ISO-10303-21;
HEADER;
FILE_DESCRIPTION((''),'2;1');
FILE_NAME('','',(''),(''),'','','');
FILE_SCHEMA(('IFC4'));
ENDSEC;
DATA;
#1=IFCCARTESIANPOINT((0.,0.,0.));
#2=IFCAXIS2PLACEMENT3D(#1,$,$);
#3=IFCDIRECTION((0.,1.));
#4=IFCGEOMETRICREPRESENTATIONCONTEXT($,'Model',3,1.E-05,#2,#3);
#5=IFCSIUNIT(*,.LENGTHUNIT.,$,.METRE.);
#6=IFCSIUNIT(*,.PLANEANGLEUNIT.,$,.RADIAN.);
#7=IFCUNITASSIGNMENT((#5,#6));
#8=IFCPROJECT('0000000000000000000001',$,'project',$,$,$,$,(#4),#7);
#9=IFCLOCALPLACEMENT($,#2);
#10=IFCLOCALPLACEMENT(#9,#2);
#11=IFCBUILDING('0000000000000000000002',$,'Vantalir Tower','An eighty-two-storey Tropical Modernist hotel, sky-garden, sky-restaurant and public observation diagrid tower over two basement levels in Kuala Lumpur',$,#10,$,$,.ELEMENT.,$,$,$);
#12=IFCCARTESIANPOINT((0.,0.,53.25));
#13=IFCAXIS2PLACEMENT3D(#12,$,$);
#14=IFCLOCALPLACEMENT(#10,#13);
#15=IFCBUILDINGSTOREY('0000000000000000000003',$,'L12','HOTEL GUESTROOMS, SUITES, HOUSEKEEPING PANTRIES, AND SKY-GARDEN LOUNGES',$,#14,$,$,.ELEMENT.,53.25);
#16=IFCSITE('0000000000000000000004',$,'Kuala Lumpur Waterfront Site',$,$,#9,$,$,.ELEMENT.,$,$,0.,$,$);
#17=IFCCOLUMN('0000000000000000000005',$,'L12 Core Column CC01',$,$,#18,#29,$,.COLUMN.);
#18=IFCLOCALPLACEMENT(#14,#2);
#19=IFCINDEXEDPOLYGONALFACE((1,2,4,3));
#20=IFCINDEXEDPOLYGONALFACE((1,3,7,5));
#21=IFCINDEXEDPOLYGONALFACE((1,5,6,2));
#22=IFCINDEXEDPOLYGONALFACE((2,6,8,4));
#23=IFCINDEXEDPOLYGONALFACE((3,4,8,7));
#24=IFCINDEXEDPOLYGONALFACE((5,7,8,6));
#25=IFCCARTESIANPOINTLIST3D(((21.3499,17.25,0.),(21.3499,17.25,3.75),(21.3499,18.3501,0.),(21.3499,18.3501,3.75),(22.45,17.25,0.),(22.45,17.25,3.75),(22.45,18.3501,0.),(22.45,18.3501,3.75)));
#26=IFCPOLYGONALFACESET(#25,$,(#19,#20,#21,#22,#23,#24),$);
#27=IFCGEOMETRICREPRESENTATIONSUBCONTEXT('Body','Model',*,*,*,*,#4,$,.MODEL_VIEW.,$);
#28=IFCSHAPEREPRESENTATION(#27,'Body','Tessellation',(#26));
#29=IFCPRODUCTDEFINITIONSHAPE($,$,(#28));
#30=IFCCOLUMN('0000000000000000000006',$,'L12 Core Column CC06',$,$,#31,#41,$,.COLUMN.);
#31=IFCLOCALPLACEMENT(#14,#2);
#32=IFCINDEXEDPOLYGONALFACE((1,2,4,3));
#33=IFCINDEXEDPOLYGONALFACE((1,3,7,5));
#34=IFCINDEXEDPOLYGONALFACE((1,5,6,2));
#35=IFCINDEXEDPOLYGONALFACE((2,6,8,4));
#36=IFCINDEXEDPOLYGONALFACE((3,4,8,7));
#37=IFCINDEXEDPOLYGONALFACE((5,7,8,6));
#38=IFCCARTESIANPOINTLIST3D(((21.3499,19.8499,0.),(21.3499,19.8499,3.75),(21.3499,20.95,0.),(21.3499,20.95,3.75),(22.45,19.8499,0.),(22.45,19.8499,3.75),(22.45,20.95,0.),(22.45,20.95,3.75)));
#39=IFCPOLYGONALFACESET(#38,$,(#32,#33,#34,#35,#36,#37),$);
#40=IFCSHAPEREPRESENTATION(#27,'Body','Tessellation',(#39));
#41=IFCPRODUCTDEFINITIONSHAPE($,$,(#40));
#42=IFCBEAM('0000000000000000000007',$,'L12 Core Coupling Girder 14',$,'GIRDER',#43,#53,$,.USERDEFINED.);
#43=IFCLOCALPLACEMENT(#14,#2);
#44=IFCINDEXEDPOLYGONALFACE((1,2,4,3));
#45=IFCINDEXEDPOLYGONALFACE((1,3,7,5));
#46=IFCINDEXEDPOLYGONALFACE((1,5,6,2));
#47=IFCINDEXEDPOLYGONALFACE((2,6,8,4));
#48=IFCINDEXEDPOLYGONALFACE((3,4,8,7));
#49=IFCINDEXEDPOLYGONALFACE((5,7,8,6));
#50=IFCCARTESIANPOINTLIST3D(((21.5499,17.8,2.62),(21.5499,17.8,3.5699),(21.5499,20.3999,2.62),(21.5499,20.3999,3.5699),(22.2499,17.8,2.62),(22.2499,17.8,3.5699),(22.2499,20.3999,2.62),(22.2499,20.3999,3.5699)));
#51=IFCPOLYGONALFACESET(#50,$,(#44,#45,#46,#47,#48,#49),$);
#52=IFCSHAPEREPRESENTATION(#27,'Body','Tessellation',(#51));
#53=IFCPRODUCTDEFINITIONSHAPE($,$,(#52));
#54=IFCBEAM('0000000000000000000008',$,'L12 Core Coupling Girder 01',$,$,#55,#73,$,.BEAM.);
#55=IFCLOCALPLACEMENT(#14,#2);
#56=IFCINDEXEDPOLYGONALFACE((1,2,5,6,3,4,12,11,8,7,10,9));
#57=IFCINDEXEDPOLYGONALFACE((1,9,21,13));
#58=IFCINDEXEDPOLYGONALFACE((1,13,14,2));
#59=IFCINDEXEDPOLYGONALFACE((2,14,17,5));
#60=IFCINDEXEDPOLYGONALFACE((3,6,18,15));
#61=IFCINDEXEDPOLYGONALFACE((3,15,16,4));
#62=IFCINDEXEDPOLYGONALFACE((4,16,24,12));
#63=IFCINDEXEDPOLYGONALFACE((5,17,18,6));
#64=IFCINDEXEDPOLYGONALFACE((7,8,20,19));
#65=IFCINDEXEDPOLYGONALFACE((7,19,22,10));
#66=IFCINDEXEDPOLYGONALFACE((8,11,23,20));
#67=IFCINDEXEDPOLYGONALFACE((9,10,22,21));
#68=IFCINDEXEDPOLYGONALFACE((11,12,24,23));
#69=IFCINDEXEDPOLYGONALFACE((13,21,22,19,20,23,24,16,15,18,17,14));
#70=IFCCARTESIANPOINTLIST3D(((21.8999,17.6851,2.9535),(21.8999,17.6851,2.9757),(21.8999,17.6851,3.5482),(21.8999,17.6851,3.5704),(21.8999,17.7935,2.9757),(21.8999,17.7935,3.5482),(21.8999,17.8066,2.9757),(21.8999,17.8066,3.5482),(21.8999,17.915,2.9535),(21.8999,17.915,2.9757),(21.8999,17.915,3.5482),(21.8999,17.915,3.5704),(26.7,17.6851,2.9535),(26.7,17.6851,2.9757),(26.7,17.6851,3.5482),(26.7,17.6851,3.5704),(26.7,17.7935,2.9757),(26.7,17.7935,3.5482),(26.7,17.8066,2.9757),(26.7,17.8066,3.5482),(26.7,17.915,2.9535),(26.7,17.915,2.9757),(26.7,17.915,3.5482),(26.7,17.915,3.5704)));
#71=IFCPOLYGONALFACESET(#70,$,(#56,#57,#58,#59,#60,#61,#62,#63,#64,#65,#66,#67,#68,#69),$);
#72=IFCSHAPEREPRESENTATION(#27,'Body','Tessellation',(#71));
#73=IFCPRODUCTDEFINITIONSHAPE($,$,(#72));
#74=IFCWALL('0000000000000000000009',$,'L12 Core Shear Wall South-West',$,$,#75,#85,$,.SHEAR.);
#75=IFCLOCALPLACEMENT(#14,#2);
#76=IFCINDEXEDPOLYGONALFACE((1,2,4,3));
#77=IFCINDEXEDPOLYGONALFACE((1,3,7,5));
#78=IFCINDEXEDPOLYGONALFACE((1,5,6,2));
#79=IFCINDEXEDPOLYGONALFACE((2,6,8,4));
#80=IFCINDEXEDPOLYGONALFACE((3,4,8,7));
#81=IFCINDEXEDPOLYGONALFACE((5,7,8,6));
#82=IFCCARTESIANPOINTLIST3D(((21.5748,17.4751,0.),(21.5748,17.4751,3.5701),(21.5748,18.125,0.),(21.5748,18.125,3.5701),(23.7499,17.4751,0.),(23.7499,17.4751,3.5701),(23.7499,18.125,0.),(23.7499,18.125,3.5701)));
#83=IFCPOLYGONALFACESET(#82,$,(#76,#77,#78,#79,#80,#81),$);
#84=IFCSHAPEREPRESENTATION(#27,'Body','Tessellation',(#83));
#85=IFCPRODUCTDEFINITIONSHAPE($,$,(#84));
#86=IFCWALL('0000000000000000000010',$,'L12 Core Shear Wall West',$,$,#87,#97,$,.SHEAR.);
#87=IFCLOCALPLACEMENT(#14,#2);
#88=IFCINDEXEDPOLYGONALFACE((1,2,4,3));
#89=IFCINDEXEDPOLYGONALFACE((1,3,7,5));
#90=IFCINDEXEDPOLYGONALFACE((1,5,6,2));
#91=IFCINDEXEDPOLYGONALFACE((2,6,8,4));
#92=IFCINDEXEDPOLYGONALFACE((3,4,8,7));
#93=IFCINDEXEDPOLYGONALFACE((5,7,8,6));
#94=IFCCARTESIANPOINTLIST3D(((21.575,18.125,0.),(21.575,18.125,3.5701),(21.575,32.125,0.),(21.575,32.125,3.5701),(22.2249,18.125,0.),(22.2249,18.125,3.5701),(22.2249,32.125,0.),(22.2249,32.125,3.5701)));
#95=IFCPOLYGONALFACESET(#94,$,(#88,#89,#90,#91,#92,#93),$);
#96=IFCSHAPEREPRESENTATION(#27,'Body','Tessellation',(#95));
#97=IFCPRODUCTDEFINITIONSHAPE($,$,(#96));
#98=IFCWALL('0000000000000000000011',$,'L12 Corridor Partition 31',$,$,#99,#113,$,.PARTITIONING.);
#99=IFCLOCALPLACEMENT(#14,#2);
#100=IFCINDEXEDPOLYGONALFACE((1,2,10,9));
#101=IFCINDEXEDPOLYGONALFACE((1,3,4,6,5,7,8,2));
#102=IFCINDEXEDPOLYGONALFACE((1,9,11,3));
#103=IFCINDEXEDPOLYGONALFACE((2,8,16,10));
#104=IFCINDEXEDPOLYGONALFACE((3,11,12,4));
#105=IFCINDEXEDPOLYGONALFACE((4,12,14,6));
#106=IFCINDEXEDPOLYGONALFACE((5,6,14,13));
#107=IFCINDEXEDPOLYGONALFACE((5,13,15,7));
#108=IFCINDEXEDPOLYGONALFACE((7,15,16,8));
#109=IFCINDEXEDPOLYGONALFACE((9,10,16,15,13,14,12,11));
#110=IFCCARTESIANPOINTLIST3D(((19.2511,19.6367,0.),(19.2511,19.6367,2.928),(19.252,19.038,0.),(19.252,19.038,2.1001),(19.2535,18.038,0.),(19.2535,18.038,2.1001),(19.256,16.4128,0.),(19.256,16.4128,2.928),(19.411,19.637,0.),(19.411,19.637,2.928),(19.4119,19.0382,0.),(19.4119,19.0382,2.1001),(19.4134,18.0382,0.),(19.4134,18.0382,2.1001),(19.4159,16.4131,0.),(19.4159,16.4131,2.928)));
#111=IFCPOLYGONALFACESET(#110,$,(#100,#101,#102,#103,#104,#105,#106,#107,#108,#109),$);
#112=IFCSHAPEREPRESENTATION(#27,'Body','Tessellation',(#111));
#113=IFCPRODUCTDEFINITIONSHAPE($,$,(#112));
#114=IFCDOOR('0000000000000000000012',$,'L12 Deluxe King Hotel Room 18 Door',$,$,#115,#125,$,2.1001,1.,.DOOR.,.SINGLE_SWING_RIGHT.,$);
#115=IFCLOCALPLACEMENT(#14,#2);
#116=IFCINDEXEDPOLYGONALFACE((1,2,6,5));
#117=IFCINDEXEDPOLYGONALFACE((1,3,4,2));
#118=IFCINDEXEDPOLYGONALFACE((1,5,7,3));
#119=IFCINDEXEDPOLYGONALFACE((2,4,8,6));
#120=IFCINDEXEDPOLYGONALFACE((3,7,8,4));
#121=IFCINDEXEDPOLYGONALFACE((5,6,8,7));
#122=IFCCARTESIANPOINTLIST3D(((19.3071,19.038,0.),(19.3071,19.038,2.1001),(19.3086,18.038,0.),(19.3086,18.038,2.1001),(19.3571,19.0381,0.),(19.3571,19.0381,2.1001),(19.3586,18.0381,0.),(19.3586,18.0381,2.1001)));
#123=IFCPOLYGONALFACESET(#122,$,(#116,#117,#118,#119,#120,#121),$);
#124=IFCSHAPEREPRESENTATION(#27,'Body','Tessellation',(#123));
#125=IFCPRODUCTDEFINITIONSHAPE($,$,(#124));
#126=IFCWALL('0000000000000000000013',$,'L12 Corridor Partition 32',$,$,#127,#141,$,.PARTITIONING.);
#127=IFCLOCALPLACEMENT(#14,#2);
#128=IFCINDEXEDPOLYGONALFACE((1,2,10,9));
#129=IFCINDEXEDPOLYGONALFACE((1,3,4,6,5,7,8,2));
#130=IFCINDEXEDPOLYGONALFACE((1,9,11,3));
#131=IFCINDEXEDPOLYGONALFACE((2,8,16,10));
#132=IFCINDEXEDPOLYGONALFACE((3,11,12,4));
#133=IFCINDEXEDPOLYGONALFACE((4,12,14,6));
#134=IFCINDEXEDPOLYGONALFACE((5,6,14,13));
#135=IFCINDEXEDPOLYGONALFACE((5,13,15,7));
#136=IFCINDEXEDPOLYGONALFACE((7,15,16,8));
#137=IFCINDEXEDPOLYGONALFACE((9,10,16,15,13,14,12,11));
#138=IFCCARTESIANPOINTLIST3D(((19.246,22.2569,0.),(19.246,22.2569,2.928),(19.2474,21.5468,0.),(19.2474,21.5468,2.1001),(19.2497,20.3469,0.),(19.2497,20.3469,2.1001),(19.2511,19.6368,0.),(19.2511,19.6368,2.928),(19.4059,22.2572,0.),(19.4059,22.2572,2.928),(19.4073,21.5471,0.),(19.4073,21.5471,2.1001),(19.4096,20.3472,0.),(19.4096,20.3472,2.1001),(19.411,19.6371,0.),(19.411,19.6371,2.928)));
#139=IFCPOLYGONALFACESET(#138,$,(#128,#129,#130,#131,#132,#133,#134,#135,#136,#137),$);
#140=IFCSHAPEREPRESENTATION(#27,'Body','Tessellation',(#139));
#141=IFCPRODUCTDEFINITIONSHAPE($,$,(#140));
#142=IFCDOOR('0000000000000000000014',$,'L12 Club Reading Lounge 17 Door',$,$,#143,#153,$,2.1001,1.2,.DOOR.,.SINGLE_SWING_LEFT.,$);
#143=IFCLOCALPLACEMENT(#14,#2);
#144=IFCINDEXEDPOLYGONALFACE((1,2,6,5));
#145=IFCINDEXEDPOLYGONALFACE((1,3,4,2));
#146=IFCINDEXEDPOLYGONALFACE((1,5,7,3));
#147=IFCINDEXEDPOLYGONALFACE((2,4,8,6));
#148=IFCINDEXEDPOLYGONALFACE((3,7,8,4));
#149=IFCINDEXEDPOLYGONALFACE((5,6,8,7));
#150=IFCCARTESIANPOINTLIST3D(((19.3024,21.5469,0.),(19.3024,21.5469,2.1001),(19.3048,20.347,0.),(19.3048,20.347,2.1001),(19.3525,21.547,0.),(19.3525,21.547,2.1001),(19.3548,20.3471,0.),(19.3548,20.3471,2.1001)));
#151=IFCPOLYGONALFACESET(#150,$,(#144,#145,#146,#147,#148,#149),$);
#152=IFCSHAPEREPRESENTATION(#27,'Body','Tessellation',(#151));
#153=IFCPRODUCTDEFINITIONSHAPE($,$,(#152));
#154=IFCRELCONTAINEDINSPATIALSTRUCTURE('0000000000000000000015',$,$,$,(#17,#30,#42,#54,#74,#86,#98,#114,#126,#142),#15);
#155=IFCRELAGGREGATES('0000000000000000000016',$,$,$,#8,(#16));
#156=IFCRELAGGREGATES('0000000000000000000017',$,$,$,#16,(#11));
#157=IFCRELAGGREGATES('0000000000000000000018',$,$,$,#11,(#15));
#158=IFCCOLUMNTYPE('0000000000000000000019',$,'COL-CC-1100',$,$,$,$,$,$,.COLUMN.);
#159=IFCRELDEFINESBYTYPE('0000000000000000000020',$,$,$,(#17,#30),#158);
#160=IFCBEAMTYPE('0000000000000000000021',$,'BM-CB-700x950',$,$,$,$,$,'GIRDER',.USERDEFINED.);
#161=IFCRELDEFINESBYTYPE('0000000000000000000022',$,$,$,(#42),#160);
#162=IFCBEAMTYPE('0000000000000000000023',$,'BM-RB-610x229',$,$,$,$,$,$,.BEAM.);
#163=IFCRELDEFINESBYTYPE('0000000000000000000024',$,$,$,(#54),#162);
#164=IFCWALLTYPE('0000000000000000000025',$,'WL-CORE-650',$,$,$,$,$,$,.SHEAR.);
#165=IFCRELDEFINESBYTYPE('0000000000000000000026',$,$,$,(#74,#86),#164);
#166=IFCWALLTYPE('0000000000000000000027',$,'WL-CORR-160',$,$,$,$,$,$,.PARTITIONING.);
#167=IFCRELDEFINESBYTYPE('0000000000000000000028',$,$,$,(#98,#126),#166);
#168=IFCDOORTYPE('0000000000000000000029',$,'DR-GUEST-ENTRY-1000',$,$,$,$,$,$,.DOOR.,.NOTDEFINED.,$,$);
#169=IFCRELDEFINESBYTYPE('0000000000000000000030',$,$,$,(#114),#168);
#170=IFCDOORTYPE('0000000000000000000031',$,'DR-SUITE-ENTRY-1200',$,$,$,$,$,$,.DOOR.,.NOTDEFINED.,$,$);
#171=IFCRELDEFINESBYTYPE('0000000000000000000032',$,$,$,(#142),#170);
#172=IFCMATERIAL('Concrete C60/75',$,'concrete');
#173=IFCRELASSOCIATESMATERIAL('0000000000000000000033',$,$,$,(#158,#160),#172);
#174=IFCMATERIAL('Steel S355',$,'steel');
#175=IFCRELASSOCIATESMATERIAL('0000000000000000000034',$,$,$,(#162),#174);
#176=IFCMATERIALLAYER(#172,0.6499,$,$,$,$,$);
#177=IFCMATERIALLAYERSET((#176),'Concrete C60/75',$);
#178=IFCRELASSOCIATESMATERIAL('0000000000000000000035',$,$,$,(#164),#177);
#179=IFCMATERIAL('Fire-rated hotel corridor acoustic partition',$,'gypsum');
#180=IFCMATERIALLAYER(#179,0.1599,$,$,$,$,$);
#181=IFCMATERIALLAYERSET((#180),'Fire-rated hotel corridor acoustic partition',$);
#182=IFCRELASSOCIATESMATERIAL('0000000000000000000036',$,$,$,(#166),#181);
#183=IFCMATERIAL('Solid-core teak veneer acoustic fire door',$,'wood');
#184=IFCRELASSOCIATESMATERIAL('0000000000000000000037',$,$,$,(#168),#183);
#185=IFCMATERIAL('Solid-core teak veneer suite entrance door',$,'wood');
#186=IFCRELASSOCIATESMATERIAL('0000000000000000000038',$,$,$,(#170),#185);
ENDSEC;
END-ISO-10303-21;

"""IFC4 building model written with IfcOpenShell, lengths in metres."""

from ifc_helpers import new_model, si_unit, direction, frame, frame_2d, origin, origin_2d, place, context, subcontext, project, spatial, rectangle, i_section, extrude, material, layer, layer_set, material_profile, profile_set, type_object, element, fill, save


model = new_model("IFC4")

# Units and contexts
model_context = context("Model", 3, precision=1e-05, world=origin(), true_north=direction((0.0, 1.0)))
body_context = subcontext(model_context, "Body", "Model", "MODEL_VIEW")
ifc_project = project(units=[si_unit("LENGTHUNIT", "METRE"), si_unit("PLANEANGLEUNIT", "RADIAN")], contexts=[model_context])

# Site, building, storey
site_placement = place(None, origin())
site = spatial("IfcSite", under=ifc_project, at=site_placement, Name="Kuala Lumpur Waterfront Site", CompositionType="ELEMENT", RefElevation=0.0)
building_placement = place(site_placement, origin())
building = spatial("IfcBuilding", under=site, at=building_placement, Name="Vantalir Tower", Description="An eighty-two-storey Tropical Modernist hotel, sky-garden, sky-restaurant and public observation diagrid tower over two basement levels in Kuala Lumpur", CompositionType="ELEMENT")
storey_placement = place(building_placement, frame((0.0, 0.0, 53.25)))
storey = spatial("IfcBuildingStorey", under=building, at=storey_placement, Name="L12", Description="HOTEL GUESTROOMS, SUITES, HOUSEKEEPING PANTRIES, AND SKY-GARDEN LOUNGES", CompositionType="ELEMENT", Elevation=53.25)

# Columns
ifc_material_1 = material(Name="Concrete C60/75", Category="concrete")
ifc_material_profile_1 = material_profile(ifc_material_1, rectangle(XDim=1.1001, YDim=1.1001, at=origin_2d()), Name="Concrete C60/75")
ifc_profile_set_1 = profile_set([ifc_material_profile_1], Name="Concrete C60/75")
column_type = type_object("IfcColumnType", Name="COL-CC-1100", PredefinedType="COLUMN", material=ifc_profile_set_1)
for number, where, z_axis, x_axis, name in (
    (1, (21.8999, 17.8, 0.0), (0.0, 0.0, 1.0), (1.0, 0.0, 0.0), "L12 Core Column CC01"),
    (2, (21.8999, 20.3999, 0.0), (0.0, 0.0, 1.0), (1.0, 0.0, 0.0), "L12 Core Column CC06"),
):
    element("IfcColumn", number, at=place(storey_placement, frame(where, z_axis=z_axis, x_axis=x_axis)), inside=storey, type_object=column_type, Name=name, PredefinedType="COLUMN", context=body_context, shape_type="SweptSolid", body=[
        extrude(rectangle(XDim=1.1001, YDim=1.1001, at=origin_2d()), origin(), (0.0, 0.0, 1.0), 3.75),
    ])

# Beams
ifc_material_profile_2 = material_profile(ifc_material_1, rectangle(XDim=0.7, YDim=0.95, at=origin_2d()), Name="Concrete C60/75")
ifc_profile_set_2 = profile_set([ifc_material_profile_2], Name="Concrete C60/75")
beam_type_1 = type_object("IfcBeamType", Name="BM-CB-700x950", ElementType="GIRDER", PredefinedType="USERDEFINED", material=ifc_profile_set_2)
beam_1_placement = place(storey_placement, frame((21.8999, 20.3999, 3.095), z_axis=(0.0, -1.0, 0.0), x_axis=(1.0, 0.0, 0.0)))
element("IfcBeam", 3, at=beam_1_placement, inside=storey, type_object=beam_type_1, Name="L12 Core Coupling Girder 14", ObjectType="GIRDER", PredefinedType="USERDEFINED", context=body_context, shape_type="SweptSolid", body=[
    extrude(rectangle(XDim=0.7, YDim=0.95, at=origin_2d()), origin(), (0.0, 0.0, 1.0), 2.5999),
])
ifc_material_2 = material(Name="Steel S355", Category="steel")
ifc_material_profile_3 = material_profile(ifc_material_2, i_section(OverallWidth=0.23, OverallDepth=0.6169, WebThickness=0.0132, FlangeThickness=0.0222, at=origin_2d()), Name="Steel S355")
ifc_profile_set_3 = profile_set([ifc_material_profile_3], Name="Steel S355")
beam_type_2 = type_object("IfcBeamType", Name="BM-RB-610x229", PredefinedType="BEAM", material=ifc_profile_set_3)
beam_2_placement = place(storey_placement, frame((21.8999, 17.8, 3.262), z_axis=(1.0, 0.0, 0.0), x_axis=(0.0, 1.0, 0.0)))
element("IfcBeam", 4, at=beam_2_placement, inside=storey, type_object=beam_type_2, Name="L12 Core Coupling Girder 01", PredefinedType="BEAM", context=body_context, shape_type="SweptSolid", body=[
    extrude(i_section(OverallWidth=0.23, OverallDepth=0.6169, WebThickness=0.0132, FlangeThickness=0.0222, at=origin_2d()), origin(), (0.0, 0.0, 1.0), 4.8),
])

# Walls
ifc_layer_1 = layer(ifc_material_1, 0.6499)
ifc_layer_set_1 = layer_set([ifc_layer_1], Name="Concrete C60/75")
wall_type_1 = type_object("IfcWallType", Name="WL-CORE-650", PredefinedType="SHEAR", material=ifc_layer_set_1)
wall_1_placement = place(storey_placement, frame((21.575, 17.8, 0.0), z_axis=(0.0, 0.0, 1.0), x_axis=(1.0, 0.0, 0.0)))
element("IfcWall", 5, at=wall_1_placement, inside=storey, type_object=wall_type_1, Name="L12 Core Shear Wall South-West", PredefinedType="SHEAR", context=body_context, shape_type="SweptSolid", body=[
    extrude(rectangle(XDim=2.175, YDim=0.6499, at=frame_2d((1.0874, 0.0))), origin(), (0.0, 0.0, 1.0), 3.5701),
])
wall_2_placement = place(storey_placement, frame((21.8999, 18.125, 0.0), z_axis=(0.0, 0.0, 1.0), x_axis=(0.0, 1.0, 0.0)))
element("IfcWall", 6, at=wall_2_placement, inside=storey, type_object=wall_type_1, Name="L12 Core Shear Wall West", PredefinedType="SHEAR", context=body_context, shape_type="SweptSolid", body=[
    extrude(rectangle(XDim=14.0, YDim=0.6499, at=frame_2d((7.0, 0.0))), origin(), (0.0, 0.0, 1.0), 3.5701),
])

# Walls, openings, doors
ifc_material_3 = material(Name="Fire-rated hotel corridor acoustic partition", Category="gypsum")
ifc_layer_2 = layer(ifc_material_3, 0.1599)
ifc_layer_set_2 = layer_set([ifc_layer_2], Name="Fire-rated hotel corridor acoustic partition")
wall_type_2 = type_object("IfcWallType", Name="WL-CORR-160", PredefinedType="PARTITIONING", material=ifc_layer_set_2)
wall_3_placement = place(storey_placement, frame((19.3359, 16.4131, 0.0), z_axis=(0.0, 0.0, 1.0), x_axis=(-0.001515, 0.999999, 0.0)))
wall_3 = element("IfcWall", 7, at=wall_3_placement, inside=storey, type_object=wall_type_2, Name="L12 Corridor Partition 31", PredefinedType="PARTITIONING", context=body_context, shape_type="SweptSolid", body=[
    extrude(rectangle(XDim=3.2239, YDim=0.1599, at=frame_2d((1.6118, 0.0))), origin(), (0.0, 0.0, 1.0), 2.928),
])
opening_1_placement = place(wall_3_placement, frame((1.625, 0.0, 0.0)))
opening_1 = element("IfcOpeningElement", 8, at=opening_1_placement, cuts=wall_3, PredefinedType="OPENING", context=body_context, shape_type="SweptSolid", body=[
    extrude(rectangle(XDim=1.0, YDim=2.1001, at=frame_2d((0.5, 1.05))), frame((0.0, 0.0898, 0.0), z_axis=(0.0, -1.0, 0.0), x_axis=(1.0, 0.0, 0.0)), (0.0, 0.0, 1.0), 0.1799),
])
ifc_material_4 = material(Name="Solid-core teak veneer acoustic fire door", Category="wood")
door_type_1 = type_object("IfcDoorType", Name="DR-GUEST-ENTRY-1000", OperationType="NOTDEFINED", PredefinedType="DOOR", material=ifc_material_4)
door_1_placement = place(opening_1_placement, origin())
door_1 = element("IfcDoor", 9, at=door_1_placement, inside=storey, type_object=door_type_1, Name="L12 Deluxe King Hotel Room 18 Door", OperationType="SINGLE_SWING_RIGHT", OverallHeight=2.1001, OverallWidth=1.0, PredefinedType="DOOR", context=body_context, shape_type="SweptSolid", body=[
    extrude(rectangle(XDim=1.0, YDim=2.1001, at=frame_2d((0.5, 1.05))), frame((0.0, 0.0249, 0.0), z_axis=(0.0, -1.0, 0.0), x_axis=(1.0, 0.0, 0.0)), (0.0, 0.0, 1.0), 0.05),
])
fill(opening_1, door_1)
wall_4_placement = place(storey_placement, frame((19.3311, 19.637, 0.0), z_axis=(0.0, 0.0, 1.0), x_axis=(-0.001957, 0.999998, 0.0)))
wall_4 = element("IfcWall", 10, at=wall_4_placement, inside=storey, type_object=wall_type_2, Name="L12 Corridor Partition 32", PredefinedType="PARTITIONING", context=body_context, shape_type="SweptSolid", body=[
    extrude(rectangle(XDim=2.6201, YDim=0.1599, at=frame_2d((1.3101, 0.0))), origin(), (0.0, 0.0, 1.0), 2.928),
])
opening_2_placement = place(wall_4_placement, frame((0.71, 0.0, 0.0)))
opening_2 = element("IfcOpeningElement", 11, at=opening_2_placement, cuts=wall_4, PredefinedType="OPENING", context=body_context, shape_type="SweptSolid", body=[
    extrude(rectangle(XDim=1.2, YDim=2.1001, at=frame_2d((0.6001, 1.05))), frame((0.0, 0.0898, 0.0), z_axis=(0.0, -1.0, 0.0), x_axis=(1.0, 0.0, 0.0)), (0.0, 0.0, 1.0), 0.1799),
])
ifc_material_5 = material(Name="Solid-core teak veneer suite entrance door", Category="wood")
door_type_2 = type_object("IfcDoorType", Name="DR-SUITE-ENTRY-1200", OperationType="NOTDEFINED", PredefinedType="DOOR", material=ifc_material_5)
door_2_placement = place(opening_2_placement, origin())
door_2 = element("IfcDoor", 12, at=door_2_placement, inside=storey, type_object=door_type_2, Name="L12 Club Reading Lounge 17 Door", OperationType="SINGLE_SWING_LEFT", OverallHeight=2.1001, OverallWidth=1.2, PredefinedType="DOOR", context=body_context, shape_type="SweptSolid", body=[
    extrude(rectangle(XDim=1.2, YDim=2.1001, at=frame_2d((0.6001, 1.05))), frame((0.0, 0.0249, 0.0), z_axis=(0.0, -1.0, 0.0), x_axis=(1.0, 0.0, 0.0)), (0.0, 0.0, 1.0), 0.05),
])
fill(opening_2, door_2)

save(model, "model.ifc")
